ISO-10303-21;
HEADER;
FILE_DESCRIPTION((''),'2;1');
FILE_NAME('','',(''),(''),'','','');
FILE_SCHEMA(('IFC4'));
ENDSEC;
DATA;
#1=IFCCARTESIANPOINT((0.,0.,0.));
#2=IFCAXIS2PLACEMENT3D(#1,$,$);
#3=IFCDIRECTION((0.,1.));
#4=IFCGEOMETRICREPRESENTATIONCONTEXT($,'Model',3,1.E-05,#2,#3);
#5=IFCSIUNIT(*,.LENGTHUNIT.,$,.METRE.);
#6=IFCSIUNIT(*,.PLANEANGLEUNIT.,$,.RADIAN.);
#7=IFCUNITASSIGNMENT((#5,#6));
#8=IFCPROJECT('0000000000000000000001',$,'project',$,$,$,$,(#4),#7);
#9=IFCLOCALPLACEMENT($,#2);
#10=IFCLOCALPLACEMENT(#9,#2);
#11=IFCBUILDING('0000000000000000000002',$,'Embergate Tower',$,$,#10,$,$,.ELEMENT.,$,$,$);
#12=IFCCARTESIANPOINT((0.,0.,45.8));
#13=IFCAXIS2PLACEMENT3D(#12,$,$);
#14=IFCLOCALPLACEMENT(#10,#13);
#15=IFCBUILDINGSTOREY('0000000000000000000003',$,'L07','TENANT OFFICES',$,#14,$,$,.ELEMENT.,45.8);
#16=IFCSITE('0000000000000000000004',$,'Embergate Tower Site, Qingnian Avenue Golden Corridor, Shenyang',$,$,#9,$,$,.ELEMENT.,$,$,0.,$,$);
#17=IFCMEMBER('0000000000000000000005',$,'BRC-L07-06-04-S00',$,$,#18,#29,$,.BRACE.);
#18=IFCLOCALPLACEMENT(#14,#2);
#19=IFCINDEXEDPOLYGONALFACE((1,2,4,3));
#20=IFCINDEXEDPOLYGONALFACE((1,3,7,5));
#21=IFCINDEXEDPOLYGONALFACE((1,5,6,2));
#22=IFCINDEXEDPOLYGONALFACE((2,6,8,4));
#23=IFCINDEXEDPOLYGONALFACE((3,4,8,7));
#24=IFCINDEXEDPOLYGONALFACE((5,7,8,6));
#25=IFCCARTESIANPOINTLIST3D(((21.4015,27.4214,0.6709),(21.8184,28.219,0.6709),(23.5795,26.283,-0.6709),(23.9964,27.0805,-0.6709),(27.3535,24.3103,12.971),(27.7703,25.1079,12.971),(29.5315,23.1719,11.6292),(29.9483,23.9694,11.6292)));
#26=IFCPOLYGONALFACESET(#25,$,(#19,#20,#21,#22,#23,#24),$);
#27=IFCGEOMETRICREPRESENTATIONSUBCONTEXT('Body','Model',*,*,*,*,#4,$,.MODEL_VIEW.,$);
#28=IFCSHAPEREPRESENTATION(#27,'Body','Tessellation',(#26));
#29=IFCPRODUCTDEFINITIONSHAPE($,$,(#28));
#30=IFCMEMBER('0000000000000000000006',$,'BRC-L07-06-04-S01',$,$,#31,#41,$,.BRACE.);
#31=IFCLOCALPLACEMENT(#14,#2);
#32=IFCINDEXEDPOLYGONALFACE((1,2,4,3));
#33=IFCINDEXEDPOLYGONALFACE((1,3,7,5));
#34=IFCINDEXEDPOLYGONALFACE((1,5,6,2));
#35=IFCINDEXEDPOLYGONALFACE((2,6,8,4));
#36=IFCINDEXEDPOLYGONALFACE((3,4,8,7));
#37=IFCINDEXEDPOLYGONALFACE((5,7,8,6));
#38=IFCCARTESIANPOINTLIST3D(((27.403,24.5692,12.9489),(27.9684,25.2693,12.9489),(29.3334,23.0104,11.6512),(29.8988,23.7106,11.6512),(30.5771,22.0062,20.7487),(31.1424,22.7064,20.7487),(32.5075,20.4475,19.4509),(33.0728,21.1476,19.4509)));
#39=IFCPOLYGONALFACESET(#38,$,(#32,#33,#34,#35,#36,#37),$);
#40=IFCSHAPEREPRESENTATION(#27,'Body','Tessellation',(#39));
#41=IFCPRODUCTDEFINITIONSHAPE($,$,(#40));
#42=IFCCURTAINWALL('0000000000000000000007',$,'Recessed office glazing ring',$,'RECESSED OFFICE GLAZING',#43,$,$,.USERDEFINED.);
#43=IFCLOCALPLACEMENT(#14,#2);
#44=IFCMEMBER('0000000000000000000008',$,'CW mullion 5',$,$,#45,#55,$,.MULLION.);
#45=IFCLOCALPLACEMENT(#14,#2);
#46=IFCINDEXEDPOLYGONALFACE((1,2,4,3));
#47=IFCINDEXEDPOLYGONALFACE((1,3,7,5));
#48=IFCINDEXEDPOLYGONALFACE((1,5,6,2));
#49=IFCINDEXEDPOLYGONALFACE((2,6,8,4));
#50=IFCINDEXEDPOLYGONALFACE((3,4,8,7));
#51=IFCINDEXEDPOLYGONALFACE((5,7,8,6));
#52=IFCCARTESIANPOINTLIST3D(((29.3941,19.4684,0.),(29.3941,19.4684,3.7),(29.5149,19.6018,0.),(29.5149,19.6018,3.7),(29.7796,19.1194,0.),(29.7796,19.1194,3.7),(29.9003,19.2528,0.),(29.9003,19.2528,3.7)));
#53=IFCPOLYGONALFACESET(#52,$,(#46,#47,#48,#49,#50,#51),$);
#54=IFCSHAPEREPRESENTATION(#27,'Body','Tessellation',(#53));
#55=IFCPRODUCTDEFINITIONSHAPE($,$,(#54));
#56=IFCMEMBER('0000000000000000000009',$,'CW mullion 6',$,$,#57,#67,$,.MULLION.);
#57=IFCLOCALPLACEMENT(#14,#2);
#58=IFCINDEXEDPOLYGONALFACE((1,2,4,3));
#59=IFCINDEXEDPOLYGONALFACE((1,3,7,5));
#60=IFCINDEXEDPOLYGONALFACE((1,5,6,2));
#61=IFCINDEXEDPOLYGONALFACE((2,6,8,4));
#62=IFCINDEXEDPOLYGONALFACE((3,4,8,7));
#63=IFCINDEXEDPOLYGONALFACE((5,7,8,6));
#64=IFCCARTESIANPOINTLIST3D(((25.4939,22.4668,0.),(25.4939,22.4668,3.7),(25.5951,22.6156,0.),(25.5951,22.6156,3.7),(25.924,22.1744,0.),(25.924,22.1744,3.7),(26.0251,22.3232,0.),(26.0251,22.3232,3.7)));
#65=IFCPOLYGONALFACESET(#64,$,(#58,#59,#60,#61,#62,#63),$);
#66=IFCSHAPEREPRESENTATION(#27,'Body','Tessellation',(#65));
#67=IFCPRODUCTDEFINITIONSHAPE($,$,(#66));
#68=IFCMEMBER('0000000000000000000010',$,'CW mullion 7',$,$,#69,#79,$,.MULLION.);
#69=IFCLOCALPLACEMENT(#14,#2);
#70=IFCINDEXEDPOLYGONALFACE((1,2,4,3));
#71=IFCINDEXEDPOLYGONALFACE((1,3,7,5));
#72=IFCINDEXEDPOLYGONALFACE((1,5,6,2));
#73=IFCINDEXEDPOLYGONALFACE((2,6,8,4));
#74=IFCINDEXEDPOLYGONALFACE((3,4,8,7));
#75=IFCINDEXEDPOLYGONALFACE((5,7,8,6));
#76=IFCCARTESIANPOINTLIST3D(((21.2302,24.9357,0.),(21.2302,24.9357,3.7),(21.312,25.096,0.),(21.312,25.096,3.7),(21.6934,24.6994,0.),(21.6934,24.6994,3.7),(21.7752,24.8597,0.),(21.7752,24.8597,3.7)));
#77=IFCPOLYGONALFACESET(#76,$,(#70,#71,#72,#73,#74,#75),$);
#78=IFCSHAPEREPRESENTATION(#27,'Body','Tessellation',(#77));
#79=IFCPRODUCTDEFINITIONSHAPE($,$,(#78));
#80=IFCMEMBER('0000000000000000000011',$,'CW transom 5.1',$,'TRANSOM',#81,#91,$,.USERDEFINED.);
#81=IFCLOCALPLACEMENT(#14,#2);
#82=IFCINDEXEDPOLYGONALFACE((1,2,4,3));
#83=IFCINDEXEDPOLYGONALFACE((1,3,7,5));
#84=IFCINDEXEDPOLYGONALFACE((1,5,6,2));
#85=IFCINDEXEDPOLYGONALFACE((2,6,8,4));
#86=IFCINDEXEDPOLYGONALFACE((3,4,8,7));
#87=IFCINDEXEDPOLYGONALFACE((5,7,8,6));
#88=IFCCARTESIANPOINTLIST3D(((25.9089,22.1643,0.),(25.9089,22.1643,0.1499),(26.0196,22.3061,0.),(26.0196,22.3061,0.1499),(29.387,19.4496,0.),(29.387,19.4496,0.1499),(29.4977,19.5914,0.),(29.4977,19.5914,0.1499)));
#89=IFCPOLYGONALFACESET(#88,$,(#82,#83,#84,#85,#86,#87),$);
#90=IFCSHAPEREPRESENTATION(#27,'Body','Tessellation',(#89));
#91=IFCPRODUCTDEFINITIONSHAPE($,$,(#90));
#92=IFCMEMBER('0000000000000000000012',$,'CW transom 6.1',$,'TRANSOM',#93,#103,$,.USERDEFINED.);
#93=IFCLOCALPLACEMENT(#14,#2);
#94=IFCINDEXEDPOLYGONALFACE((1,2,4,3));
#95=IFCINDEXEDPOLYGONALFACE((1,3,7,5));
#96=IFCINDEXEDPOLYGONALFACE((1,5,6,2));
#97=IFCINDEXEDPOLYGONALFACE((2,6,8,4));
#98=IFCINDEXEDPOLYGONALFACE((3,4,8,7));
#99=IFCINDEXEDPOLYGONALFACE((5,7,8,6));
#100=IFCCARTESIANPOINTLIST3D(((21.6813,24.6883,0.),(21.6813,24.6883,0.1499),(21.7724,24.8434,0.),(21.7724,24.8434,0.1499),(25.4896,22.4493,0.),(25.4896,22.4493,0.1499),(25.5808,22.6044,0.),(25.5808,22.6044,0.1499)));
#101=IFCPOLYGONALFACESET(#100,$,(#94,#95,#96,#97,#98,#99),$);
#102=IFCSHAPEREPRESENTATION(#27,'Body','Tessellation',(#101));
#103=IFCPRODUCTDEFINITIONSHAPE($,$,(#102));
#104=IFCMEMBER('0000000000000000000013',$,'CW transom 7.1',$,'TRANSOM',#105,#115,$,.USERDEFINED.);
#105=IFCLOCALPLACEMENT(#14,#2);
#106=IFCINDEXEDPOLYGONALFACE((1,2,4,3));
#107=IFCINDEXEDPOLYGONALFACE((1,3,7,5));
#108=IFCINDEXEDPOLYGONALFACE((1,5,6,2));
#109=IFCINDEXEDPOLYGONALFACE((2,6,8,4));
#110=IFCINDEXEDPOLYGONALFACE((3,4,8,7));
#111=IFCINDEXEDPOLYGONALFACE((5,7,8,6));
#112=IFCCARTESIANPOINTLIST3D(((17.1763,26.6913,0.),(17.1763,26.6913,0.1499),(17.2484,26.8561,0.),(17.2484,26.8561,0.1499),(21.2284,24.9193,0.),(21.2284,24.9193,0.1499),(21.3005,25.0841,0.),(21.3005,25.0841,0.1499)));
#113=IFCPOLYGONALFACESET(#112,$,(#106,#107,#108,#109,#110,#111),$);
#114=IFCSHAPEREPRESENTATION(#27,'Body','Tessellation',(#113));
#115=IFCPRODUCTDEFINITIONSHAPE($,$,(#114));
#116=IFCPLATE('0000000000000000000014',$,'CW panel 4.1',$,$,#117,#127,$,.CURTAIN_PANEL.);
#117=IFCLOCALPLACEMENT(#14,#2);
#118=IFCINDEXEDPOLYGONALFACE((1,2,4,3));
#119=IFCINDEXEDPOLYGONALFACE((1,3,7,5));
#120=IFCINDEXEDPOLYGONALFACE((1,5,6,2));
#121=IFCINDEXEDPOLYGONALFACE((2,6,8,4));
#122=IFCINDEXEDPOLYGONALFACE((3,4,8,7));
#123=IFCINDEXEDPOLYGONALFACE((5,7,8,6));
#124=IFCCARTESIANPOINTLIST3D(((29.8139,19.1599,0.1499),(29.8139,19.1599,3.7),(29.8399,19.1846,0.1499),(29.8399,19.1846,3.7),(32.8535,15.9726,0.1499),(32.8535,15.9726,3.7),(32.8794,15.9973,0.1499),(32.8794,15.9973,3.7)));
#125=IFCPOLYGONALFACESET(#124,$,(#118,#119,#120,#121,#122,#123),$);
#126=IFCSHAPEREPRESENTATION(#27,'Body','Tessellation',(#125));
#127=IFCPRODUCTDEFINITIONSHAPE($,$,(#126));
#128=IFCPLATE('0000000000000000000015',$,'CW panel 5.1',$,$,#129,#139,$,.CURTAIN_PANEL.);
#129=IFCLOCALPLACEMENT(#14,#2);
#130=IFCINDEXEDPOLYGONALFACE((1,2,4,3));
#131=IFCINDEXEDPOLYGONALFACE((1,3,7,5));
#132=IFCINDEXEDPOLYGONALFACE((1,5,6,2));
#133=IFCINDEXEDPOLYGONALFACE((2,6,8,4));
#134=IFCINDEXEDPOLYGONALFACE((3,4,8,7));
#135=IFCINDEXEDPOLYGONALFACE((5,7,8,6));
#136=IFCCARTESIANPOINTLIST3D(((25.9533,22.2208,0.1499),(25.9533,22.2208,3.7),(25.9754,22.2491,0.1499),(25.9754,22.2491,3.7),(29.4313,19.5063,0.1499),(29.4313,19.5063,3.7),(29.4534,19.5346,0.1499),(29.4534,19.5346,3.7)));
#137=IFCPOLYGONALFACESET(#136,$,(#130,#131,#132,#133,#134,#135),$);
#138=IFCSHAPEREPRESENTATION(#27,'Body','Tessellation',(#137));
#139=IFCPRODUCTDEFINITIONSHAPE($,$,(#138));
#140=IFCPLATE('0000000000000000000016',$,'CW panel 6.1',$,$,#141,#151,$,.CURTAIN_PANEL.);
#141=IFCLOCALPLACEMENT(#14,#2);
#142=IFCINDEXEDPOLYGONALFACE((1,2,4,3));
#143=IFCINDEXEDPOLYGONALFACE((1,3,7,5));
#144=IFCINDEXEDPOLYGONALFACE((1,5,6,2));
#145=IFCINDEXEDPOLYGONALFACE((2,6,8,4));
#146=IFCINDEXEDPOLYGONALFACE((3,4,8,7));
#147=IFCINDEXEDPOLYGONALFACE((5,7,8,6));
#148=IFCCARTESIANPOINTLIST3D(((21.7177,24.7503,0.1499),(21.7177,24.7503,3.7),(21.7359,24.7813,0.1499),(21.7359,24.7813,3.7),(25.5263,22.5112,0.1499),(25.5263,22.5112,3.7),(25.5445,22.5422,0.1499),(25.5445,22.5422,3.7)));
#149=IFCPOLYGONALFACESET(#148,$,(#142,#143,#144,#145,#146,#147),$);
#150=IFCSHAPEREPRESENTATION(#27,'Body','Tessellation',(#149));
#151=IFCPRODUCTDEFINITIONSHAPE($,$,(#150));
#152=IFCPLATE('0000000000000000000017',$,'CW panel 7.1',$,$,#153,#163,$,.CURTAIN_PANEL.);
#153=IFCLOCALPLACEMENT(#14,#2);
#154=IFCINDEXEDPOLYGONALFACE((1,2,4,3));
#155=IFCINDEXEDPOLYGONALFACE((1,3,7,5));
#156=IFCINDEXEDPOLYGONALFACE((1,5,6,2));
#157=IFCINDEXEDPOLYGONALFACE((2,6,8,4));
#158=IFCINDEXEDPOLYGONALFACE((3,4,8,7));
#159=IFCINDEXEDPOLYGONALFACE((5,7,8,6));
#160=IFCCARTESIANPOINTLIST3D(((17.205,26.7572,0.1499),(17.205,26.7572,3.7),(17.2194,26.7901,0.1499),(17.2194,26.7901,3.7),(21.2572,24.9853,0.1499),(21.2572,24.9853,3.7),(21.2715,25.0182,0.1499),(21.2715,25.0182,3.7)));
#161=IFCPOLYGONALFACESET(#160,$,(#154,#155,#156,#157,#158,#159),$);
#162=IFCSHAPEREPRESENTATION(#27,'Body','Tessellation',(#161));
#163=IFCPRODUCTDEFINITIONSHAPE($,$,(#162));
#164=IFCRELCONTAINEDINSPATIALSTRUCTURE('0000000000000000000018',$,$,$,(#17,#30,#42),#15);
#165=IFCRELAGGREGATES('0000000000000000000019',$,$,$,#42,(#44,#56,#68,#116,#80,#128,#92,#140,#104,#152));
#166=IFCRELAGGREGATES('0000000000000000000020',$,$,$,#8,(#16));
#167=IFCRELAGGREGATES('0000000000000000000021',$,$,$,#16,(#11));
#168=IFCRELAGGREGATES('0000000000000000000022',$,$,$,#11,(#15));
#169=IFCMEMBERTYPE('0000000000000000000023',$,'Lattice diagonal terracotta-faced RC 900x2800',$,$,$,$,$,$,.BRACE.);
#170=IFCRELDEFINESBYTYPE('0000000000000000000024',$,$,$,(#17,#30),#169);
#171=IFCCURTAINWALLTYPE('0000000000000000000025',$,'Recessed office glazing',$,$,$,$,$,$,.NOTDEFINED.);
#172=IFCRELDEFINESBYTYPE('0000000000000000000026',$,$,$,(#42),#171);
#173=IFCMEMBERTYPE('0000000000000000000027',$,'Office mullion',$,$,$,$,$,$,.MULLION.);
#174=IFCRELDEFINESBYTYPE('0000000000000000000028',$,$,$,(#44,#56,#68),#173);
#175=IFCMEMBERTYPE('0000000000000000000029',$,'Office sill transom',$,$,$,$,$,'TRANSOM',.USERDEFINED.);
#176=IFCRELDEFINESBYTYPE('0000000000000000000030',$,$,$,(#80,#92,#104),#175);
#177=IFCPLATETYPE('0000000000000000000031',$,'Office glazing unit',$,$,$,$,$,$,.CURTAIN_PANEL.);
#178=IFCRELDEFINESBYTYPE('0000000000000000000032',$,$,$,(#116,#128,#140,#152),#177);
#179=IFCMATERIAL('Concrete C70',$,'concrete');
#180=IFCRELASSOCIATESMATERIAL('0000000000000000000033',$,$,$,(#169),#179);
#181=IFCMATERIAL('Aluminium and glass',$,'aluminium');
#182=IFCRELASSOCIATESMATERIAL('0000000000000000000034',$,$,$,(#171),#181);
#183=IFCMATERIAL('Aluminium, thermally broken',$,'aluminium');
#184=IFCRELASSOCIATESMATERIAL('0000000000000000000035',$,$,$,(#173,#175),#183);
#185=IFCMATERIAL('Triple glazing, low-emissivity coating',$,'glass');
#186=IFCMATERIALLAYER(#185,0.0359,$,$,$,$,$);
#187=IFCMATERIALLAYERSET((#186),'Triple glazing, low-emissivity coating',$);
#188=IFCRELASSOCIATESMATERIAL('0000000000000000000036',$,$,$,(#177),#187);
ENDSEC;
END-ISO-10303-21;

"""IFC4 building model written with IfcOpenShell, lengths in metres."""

from ifc_helpers import new_model, si_unit, direction, frame, origin, origin_2d, place, context, subcontext, project, spatial, rectangle, extrude, source, transform, mapped, material, layer, layer_set, material_profile, profile_set, type_object, element, aggregate, save


model = new_model("IFC4")

# Units and contexts
model_context = context("Model", 3, precision=1e-05, world=origin(), true_north=direction((0.0, 1.0)))
body_context = subcontext(model_context, "Body", "Model", "MODEL_VIEW")
ifc_project = project(units=[si_unit("LENGTHUNIT", "METRE"), si_unit("PLANEANGLEUNIT", "RADIAN")], contexts=[model_context])

# Site, building, storey
site_placement = place(None, origin())
site = spatial("IfcSite", under=ifc_project, at=site_placement, Name="Embergate Tower Site, Qingnian Avenue Golden Corridor, Shenyang", CompositionType="ELEMENT", RefElevation=0.0)
building_placement = place(site_placement, origin())
building = spatial("IfcBuilding", under=site, at=building_placement, Name="Embergate Tower", CompositionType="ELEMENT")
storey_placement = place(building_placement, frame((0.0, 0.0, 45.8)))
storey = spatial("IfcBuildingStorey", under=building, at=storey_placement, Name="L07", Description="TENANT OFFICES", CompositionType="ELEMENT", Elevation=45.8)

# Shared definitions
ifc_material_1 = material(Name="Concrete C70", Category="concrete")

# Members
ifc_material_profile_1 = material_profile(ifc_material_1, rectangle(XDim=0.8999, YDim=2.8, at=origin_2d()), Name="RC 900x2800")
ifc_profile_set_1 = profile_set([ifc_material_profile_1], Name="Concrete C70")
member_type_1 = type_object("IfcMemberType", Name="Lattice diagonal terracotta-faced RC 900x2800", PredefinedType="BRACE", material=ifc_profile_set_1)
shared_shape_1 = source(origin(), body_context, "Body", "SweptSolid", [
    extrude(rectangle(XDim=0.8999, YDim=2.8, at=origin_2d()), origin(), (0.0, 0.0, 1.0), 14.0142),
])
member_1_placement = place(storey_placement, frame((22.699, 27.251, 0.0), z_axis=(0.424708, -0.221997, 0.87769), x_axis=(0.463238, 0.886234, 0.0)))
element("IfcMember", 1, at=member_1_placement, inside=storey, type_object=member_type_1, Name="BRC-L07-06-04-S00", PredefinedType="BRACE", context=body_context, shape_type="MappedRepresentation", body=[
    mapped(shared_shape_1, transform((0.0, 0.0, 0.0))),
])
shared_shape_2 = source(origin(), body_context, "Body", "SweptSolid", [
    extrude(rectangle(XDim=0.8999, YDim=2.8, at=origin_2d()), origin(), (0.0, 0.0, 1.0), 8.8022),
])
member_2_placement = place(storey_placement, frame((28.6509, 24.1399, 12.3), z_axis=(0.360596, -0.291172, 0.886109), x_axis=(0.628235, 0.778023, 0.0)))
element("IfcMember", 2, at=member_2_placement, inside=storey, type_object=member_type_1, Name="BRC-L07-06-04-S01", PredefinedType="BRACE", context=body_context, shape_type="MappedRepresentation", body=[
    mapped(shared_shape_2, transform((0.0, 0.0, 0.0))),
])

# Curtain wall, members, plates
ifc_material_2 = material(Name="Aluminium and glass", Category="aluminium")
curtain_wall_type = type_object("IfcCurtainWallType", Name="Recessed office glazing", PredefinedType="NOTDEFINED", material=ifc_material_2)
curtain_wall_placement = place(storey_placement, origin())
curtain_wall = element("IfcCurtainWall", 3, at=curtain_wall_placement, inside=storey, type_object=curtain_wall_type, Name="Recessed office glazing ring", ObjectType="RECESSED OFFICE GLAZING", PredefinedType="USERDEFINED")
ifc_material_3 = material(Name="Aluminium, thermally broken", Category="aluminium")
ifc_material_profile_2 = material_profile(ifc_material_3, rectangle(XDim=0.1799, YDim=0.52, at=origin_2d()), Name="AL 520x180")
ifc_profile_set_2 = profile_set([ifc_material_profile_2], Name="Aluminium, thermally broken")
member_type_2 = type_object("IfcMemberType", Name="Office mullion", PredefinedType="MULLION", material=ifc_profile_set_2)
shared_shape_3 = source(origin(), body_context, "Body", "SweptSolid", [
    extrude(rectangle(XDim=0.1799, YDim=0.52, at=origin_2d()), origin(), (0.0, 0.0, 1.0), 3.7),
])
member_3_placement = place(storey_placement, frame((29.6472, 19.3606, 0.0), z_axis=(0.0, 0.0, 1.0), x_axis=(-0.671229, -0.74125, 0.0)))
member_3 = element("IfcMember", 4, at=member_3_placement, type_object=member_type_2, Name="CW mullion 5", PredefinedType="MULLION", context=body_context, shape_type="MappedRepresentation", body=[
    mapped(shared_shape_3, transform((0.0, 0.0, 0.0))),
])
member_4_placement = place(storey_placement, frame((25.7595, 22.395, 0.0), z_axis=(0.0, 0.0, 1.0), x_axis=(-0.562218, -0.826989, 0.0)))
member_4 = element("IfcMember", 5, at=member_4_placement, type_object=member_type_2, Name="CW mullion 6", PredefinedType="MULLION", context=body_context, shape_type="MappedRepresentation", body=[
    mapped(shared_shape_3, transform((0.0, 0.0, 0.0))),
])
member_5_placement = place(storey_placement, frame((21.5027, 24.8977, 0.0), z_axis=(0.0, 0.0, 1.0), x_axis=(-0.454511, -0.890741, 0.0)))
member_5 = element("IfcMember", 6, at=member_5_placement, type_object=member_type_2, Name="CW mullion 7", PredefinedType="MULLION", context=body_context, shape_type="MappedRepresentation", body=[
    mapped(shared_shape_3, transform((0.0, 0.0, 0.0))),
])
ifc_material_profile_3 = material_profile(ifc_material_3, rectangle(XDim=0.1799, YDim=0.1499, at=origin_2d()), Name="AL 150x180")
ifc_profile_set_3 = profile_set([ifc_material_profile_3], Name="Aluminium, thermally broken")
member_type_3 = type_object("IfcMemberType", Name="Office sill transom", ElementType="TRANSOM", PredefinedType="USERDEFINED", material=ifc_profile_set_3)
shared_shape_4 = source(origin(), body_context, "Body", "SweptSolid", [
    extrude(rectangle(XDim=0.1799, YDim=0.1499, at=origin_2d()), origin(), (0.0, 0.0, 1.0), 4.4121),
])
member_6_placement = place(storey_placement, frame((29.4424, 19.5205, 0.075), z_axis=(-0.788311, 0.615277, 0.0), x_axis=(-0.615277, -0.788311, 0.0)))
member_6 = element("IfcMember", 7, at=member_6_placement, type_object=member_type_3, Name="CW transom 5.1", ObjectType="TRANSOM", PredefinedType="USERDEFINED", context=body_context, shape_type="MappedRepresentation", body=[
    mapped(shared_shape_4, transform((0.0, 0.0, 0.0))),
])
shared_shape_5 = source(origin(), body_context, "Body", "SweptSolid", [
    extrude(rectangle(XDim=0.1799, YDim=0.1499, at=origin_2d()), origin(), (0.0, 0.0, 1.0), 4.4177),
])
member_7_placement = place(storey_placement, frame((25.5352, 22.5269, 0.075), z_axis=(-0.862052, 0.50682, 0.0), x_axis=(-0.50682, -0.862052, 0.0)))
member_7 = element("IfcMember", 8, at=member_7_placement, type_object=member_type_3, Name="CW transom 6.1", ObjectType="TRANSOM", PredefinedType="USERDEFINED", context=body_context, shape_type="MappedRepresentation", body=[
    mapped(shared_shape_5, transform((0.0, 0.0, 0.0))),
])
shared_shape_6 = source(origin(), body_context, "Body", "SweptSolid", [
    extrude(rectangle(XDim=0.1799, YDim=0.1499, at=origin_2d()), origin(), (0.0, 0.0, 1.0), 4.4226),
])
member_8_placement = place(storey_placement, frame((21.2644, 25.0017, 0.075), z_axis=(-0.916222, 0.400671, 0.0), x_axis=(-0.400671, -0.916222, 0.0)))
member_8 = element("IfcMember", 9, at=member_8_placement, type_object=member_type_3, Name="CW transom 7.1", ObjectType="TRANSOM", PredefinedType="USERDEFINED", context=body_context, shape_type="MappedRepresentation", body=[
    mapped(shared_shape_6, transform((0.0, 0.0, 0.0))),
])
ifc_material_4 = material(Name="Triple glazing, low-emissivity coating", Category="glass")
ifc_layer_1 = layer(ifc_material_4, 0.0359)
ifc_layer_set_1 = layer_set([ifc_layer_1], Name="Triple glazing, low-emissivity coating")
plate_type = type_object("IfcPlateType", Name="Office glazing unit", PredefinedType="CURTAIN_PANEL", material=ifc_layer_set_1)
shared_shape_7 = source(origin(), body_context, "Body", "SweptSolid", [
    extrude(rectangle(XDim=4.4043, YDim=0.0359, at=origin_2d()), origin(), (0.0, 0.0, 1.0), 3.55),
])
plate_1_placement = place(storey_placement, frame((31.3467, 17.5786, 0.1499), z_axis=(0.0, 0.0, 1.0), x_axis=(-0.690135, 0.723681, 0.0)))
plate_1 = element("IfcPlate", 10, at=plate_1_placement, type_object=plate_type, Name="CW panel 4.1", PredefinedType="CURTAIN_PANEL", context=body_context, shape_type="MappedRepresentation", body=[
    mapped(shared_shape_7, transform((0.0, 0.0, 0.0))),
])
shared_shape_8 = source(origin(), body_context, "Body", "SweptSolid", [
    extrude(rectangle(XDim=4.4119, YDim=0.0359, at=origin_2d()), origin(), (0.0, 0.0, 1.0), 3.55),
])
plate_2_placement = place(storey_placement, frame((27.7034, 20.8777, 0.1499), z_axis=(0.0, 0.0, 1.0), x_axis=(-0.78832, 0.615265, 0.0)))
plate_2 = element("IfcPlate", 11, at=plate_2_placement, type_object=plate_type, Name="CW panel 5.1", PredefinedType="CURTAIN_PANEL", context=body_context, shape_type="MappedRepresentation", body=[
    mapped(shared_shape_8, transform((0.0, 0.0, 0.0))),
])
shared_shape_9 = source(origin(), body_context, "Body", "SweptSolid", [
    extrude(rectangle(XDim=4.418, YDim=0.0359, at=origin_2d()), origin(), (0.0, 0.0, 1.0), 3.55),
])
plate_3_placement = place(storey_placement, frame((23.6311, 23.6462, 0.1499), z_axis=(0.0, 0.0, 1.0), x_axis=(-0.862053, 0.506818, 0.0)))
plate_3 = element("IfcPlate", 12, at=plate_3_placement, type_object=plate_type, Name="CW panel 6.1", PredefinedType="CURTAIN_PANEL", context=body_context, shape_type="MappedRepresentation", body=[
    mapped(shared_shape_9, transform((0.0, 0.0, 0.0))),
])
shared_shape_10 = source(origin(), body_context, "Body", "SweptSolid", [
    extrude(rectangle(XDim=4.4226, YDim=0.0359, at=origin_2d()), origin(), (0.0, 0.0, 1.0), 3.55),
])
plate_4_placement = place(storey_placement, frame((19.2383, 25.8877, 0.1499), z_axis=(0.0, 0.0, 1.0), x_axis=(-0.916236, 0.400638, 0.0)))
plate_4 = element("IfcPlate", 13, at=plate_4_placement, type_object=plate_type, Name="CW panel 7.1", PredefinedType="CURTAIN_PANEL", context=body_context, shape_type="MappedRepresentation", body=[
    mapped(shared_shape_10, transform((0.0, 0.0, 0.0))),
])
aggregate(curtain_wall, [member_3, member_4, member_5, plate_1, member_6, plate_2, member_7, plate_3, member_8, plate_4])

save(model, "model.ifc")
